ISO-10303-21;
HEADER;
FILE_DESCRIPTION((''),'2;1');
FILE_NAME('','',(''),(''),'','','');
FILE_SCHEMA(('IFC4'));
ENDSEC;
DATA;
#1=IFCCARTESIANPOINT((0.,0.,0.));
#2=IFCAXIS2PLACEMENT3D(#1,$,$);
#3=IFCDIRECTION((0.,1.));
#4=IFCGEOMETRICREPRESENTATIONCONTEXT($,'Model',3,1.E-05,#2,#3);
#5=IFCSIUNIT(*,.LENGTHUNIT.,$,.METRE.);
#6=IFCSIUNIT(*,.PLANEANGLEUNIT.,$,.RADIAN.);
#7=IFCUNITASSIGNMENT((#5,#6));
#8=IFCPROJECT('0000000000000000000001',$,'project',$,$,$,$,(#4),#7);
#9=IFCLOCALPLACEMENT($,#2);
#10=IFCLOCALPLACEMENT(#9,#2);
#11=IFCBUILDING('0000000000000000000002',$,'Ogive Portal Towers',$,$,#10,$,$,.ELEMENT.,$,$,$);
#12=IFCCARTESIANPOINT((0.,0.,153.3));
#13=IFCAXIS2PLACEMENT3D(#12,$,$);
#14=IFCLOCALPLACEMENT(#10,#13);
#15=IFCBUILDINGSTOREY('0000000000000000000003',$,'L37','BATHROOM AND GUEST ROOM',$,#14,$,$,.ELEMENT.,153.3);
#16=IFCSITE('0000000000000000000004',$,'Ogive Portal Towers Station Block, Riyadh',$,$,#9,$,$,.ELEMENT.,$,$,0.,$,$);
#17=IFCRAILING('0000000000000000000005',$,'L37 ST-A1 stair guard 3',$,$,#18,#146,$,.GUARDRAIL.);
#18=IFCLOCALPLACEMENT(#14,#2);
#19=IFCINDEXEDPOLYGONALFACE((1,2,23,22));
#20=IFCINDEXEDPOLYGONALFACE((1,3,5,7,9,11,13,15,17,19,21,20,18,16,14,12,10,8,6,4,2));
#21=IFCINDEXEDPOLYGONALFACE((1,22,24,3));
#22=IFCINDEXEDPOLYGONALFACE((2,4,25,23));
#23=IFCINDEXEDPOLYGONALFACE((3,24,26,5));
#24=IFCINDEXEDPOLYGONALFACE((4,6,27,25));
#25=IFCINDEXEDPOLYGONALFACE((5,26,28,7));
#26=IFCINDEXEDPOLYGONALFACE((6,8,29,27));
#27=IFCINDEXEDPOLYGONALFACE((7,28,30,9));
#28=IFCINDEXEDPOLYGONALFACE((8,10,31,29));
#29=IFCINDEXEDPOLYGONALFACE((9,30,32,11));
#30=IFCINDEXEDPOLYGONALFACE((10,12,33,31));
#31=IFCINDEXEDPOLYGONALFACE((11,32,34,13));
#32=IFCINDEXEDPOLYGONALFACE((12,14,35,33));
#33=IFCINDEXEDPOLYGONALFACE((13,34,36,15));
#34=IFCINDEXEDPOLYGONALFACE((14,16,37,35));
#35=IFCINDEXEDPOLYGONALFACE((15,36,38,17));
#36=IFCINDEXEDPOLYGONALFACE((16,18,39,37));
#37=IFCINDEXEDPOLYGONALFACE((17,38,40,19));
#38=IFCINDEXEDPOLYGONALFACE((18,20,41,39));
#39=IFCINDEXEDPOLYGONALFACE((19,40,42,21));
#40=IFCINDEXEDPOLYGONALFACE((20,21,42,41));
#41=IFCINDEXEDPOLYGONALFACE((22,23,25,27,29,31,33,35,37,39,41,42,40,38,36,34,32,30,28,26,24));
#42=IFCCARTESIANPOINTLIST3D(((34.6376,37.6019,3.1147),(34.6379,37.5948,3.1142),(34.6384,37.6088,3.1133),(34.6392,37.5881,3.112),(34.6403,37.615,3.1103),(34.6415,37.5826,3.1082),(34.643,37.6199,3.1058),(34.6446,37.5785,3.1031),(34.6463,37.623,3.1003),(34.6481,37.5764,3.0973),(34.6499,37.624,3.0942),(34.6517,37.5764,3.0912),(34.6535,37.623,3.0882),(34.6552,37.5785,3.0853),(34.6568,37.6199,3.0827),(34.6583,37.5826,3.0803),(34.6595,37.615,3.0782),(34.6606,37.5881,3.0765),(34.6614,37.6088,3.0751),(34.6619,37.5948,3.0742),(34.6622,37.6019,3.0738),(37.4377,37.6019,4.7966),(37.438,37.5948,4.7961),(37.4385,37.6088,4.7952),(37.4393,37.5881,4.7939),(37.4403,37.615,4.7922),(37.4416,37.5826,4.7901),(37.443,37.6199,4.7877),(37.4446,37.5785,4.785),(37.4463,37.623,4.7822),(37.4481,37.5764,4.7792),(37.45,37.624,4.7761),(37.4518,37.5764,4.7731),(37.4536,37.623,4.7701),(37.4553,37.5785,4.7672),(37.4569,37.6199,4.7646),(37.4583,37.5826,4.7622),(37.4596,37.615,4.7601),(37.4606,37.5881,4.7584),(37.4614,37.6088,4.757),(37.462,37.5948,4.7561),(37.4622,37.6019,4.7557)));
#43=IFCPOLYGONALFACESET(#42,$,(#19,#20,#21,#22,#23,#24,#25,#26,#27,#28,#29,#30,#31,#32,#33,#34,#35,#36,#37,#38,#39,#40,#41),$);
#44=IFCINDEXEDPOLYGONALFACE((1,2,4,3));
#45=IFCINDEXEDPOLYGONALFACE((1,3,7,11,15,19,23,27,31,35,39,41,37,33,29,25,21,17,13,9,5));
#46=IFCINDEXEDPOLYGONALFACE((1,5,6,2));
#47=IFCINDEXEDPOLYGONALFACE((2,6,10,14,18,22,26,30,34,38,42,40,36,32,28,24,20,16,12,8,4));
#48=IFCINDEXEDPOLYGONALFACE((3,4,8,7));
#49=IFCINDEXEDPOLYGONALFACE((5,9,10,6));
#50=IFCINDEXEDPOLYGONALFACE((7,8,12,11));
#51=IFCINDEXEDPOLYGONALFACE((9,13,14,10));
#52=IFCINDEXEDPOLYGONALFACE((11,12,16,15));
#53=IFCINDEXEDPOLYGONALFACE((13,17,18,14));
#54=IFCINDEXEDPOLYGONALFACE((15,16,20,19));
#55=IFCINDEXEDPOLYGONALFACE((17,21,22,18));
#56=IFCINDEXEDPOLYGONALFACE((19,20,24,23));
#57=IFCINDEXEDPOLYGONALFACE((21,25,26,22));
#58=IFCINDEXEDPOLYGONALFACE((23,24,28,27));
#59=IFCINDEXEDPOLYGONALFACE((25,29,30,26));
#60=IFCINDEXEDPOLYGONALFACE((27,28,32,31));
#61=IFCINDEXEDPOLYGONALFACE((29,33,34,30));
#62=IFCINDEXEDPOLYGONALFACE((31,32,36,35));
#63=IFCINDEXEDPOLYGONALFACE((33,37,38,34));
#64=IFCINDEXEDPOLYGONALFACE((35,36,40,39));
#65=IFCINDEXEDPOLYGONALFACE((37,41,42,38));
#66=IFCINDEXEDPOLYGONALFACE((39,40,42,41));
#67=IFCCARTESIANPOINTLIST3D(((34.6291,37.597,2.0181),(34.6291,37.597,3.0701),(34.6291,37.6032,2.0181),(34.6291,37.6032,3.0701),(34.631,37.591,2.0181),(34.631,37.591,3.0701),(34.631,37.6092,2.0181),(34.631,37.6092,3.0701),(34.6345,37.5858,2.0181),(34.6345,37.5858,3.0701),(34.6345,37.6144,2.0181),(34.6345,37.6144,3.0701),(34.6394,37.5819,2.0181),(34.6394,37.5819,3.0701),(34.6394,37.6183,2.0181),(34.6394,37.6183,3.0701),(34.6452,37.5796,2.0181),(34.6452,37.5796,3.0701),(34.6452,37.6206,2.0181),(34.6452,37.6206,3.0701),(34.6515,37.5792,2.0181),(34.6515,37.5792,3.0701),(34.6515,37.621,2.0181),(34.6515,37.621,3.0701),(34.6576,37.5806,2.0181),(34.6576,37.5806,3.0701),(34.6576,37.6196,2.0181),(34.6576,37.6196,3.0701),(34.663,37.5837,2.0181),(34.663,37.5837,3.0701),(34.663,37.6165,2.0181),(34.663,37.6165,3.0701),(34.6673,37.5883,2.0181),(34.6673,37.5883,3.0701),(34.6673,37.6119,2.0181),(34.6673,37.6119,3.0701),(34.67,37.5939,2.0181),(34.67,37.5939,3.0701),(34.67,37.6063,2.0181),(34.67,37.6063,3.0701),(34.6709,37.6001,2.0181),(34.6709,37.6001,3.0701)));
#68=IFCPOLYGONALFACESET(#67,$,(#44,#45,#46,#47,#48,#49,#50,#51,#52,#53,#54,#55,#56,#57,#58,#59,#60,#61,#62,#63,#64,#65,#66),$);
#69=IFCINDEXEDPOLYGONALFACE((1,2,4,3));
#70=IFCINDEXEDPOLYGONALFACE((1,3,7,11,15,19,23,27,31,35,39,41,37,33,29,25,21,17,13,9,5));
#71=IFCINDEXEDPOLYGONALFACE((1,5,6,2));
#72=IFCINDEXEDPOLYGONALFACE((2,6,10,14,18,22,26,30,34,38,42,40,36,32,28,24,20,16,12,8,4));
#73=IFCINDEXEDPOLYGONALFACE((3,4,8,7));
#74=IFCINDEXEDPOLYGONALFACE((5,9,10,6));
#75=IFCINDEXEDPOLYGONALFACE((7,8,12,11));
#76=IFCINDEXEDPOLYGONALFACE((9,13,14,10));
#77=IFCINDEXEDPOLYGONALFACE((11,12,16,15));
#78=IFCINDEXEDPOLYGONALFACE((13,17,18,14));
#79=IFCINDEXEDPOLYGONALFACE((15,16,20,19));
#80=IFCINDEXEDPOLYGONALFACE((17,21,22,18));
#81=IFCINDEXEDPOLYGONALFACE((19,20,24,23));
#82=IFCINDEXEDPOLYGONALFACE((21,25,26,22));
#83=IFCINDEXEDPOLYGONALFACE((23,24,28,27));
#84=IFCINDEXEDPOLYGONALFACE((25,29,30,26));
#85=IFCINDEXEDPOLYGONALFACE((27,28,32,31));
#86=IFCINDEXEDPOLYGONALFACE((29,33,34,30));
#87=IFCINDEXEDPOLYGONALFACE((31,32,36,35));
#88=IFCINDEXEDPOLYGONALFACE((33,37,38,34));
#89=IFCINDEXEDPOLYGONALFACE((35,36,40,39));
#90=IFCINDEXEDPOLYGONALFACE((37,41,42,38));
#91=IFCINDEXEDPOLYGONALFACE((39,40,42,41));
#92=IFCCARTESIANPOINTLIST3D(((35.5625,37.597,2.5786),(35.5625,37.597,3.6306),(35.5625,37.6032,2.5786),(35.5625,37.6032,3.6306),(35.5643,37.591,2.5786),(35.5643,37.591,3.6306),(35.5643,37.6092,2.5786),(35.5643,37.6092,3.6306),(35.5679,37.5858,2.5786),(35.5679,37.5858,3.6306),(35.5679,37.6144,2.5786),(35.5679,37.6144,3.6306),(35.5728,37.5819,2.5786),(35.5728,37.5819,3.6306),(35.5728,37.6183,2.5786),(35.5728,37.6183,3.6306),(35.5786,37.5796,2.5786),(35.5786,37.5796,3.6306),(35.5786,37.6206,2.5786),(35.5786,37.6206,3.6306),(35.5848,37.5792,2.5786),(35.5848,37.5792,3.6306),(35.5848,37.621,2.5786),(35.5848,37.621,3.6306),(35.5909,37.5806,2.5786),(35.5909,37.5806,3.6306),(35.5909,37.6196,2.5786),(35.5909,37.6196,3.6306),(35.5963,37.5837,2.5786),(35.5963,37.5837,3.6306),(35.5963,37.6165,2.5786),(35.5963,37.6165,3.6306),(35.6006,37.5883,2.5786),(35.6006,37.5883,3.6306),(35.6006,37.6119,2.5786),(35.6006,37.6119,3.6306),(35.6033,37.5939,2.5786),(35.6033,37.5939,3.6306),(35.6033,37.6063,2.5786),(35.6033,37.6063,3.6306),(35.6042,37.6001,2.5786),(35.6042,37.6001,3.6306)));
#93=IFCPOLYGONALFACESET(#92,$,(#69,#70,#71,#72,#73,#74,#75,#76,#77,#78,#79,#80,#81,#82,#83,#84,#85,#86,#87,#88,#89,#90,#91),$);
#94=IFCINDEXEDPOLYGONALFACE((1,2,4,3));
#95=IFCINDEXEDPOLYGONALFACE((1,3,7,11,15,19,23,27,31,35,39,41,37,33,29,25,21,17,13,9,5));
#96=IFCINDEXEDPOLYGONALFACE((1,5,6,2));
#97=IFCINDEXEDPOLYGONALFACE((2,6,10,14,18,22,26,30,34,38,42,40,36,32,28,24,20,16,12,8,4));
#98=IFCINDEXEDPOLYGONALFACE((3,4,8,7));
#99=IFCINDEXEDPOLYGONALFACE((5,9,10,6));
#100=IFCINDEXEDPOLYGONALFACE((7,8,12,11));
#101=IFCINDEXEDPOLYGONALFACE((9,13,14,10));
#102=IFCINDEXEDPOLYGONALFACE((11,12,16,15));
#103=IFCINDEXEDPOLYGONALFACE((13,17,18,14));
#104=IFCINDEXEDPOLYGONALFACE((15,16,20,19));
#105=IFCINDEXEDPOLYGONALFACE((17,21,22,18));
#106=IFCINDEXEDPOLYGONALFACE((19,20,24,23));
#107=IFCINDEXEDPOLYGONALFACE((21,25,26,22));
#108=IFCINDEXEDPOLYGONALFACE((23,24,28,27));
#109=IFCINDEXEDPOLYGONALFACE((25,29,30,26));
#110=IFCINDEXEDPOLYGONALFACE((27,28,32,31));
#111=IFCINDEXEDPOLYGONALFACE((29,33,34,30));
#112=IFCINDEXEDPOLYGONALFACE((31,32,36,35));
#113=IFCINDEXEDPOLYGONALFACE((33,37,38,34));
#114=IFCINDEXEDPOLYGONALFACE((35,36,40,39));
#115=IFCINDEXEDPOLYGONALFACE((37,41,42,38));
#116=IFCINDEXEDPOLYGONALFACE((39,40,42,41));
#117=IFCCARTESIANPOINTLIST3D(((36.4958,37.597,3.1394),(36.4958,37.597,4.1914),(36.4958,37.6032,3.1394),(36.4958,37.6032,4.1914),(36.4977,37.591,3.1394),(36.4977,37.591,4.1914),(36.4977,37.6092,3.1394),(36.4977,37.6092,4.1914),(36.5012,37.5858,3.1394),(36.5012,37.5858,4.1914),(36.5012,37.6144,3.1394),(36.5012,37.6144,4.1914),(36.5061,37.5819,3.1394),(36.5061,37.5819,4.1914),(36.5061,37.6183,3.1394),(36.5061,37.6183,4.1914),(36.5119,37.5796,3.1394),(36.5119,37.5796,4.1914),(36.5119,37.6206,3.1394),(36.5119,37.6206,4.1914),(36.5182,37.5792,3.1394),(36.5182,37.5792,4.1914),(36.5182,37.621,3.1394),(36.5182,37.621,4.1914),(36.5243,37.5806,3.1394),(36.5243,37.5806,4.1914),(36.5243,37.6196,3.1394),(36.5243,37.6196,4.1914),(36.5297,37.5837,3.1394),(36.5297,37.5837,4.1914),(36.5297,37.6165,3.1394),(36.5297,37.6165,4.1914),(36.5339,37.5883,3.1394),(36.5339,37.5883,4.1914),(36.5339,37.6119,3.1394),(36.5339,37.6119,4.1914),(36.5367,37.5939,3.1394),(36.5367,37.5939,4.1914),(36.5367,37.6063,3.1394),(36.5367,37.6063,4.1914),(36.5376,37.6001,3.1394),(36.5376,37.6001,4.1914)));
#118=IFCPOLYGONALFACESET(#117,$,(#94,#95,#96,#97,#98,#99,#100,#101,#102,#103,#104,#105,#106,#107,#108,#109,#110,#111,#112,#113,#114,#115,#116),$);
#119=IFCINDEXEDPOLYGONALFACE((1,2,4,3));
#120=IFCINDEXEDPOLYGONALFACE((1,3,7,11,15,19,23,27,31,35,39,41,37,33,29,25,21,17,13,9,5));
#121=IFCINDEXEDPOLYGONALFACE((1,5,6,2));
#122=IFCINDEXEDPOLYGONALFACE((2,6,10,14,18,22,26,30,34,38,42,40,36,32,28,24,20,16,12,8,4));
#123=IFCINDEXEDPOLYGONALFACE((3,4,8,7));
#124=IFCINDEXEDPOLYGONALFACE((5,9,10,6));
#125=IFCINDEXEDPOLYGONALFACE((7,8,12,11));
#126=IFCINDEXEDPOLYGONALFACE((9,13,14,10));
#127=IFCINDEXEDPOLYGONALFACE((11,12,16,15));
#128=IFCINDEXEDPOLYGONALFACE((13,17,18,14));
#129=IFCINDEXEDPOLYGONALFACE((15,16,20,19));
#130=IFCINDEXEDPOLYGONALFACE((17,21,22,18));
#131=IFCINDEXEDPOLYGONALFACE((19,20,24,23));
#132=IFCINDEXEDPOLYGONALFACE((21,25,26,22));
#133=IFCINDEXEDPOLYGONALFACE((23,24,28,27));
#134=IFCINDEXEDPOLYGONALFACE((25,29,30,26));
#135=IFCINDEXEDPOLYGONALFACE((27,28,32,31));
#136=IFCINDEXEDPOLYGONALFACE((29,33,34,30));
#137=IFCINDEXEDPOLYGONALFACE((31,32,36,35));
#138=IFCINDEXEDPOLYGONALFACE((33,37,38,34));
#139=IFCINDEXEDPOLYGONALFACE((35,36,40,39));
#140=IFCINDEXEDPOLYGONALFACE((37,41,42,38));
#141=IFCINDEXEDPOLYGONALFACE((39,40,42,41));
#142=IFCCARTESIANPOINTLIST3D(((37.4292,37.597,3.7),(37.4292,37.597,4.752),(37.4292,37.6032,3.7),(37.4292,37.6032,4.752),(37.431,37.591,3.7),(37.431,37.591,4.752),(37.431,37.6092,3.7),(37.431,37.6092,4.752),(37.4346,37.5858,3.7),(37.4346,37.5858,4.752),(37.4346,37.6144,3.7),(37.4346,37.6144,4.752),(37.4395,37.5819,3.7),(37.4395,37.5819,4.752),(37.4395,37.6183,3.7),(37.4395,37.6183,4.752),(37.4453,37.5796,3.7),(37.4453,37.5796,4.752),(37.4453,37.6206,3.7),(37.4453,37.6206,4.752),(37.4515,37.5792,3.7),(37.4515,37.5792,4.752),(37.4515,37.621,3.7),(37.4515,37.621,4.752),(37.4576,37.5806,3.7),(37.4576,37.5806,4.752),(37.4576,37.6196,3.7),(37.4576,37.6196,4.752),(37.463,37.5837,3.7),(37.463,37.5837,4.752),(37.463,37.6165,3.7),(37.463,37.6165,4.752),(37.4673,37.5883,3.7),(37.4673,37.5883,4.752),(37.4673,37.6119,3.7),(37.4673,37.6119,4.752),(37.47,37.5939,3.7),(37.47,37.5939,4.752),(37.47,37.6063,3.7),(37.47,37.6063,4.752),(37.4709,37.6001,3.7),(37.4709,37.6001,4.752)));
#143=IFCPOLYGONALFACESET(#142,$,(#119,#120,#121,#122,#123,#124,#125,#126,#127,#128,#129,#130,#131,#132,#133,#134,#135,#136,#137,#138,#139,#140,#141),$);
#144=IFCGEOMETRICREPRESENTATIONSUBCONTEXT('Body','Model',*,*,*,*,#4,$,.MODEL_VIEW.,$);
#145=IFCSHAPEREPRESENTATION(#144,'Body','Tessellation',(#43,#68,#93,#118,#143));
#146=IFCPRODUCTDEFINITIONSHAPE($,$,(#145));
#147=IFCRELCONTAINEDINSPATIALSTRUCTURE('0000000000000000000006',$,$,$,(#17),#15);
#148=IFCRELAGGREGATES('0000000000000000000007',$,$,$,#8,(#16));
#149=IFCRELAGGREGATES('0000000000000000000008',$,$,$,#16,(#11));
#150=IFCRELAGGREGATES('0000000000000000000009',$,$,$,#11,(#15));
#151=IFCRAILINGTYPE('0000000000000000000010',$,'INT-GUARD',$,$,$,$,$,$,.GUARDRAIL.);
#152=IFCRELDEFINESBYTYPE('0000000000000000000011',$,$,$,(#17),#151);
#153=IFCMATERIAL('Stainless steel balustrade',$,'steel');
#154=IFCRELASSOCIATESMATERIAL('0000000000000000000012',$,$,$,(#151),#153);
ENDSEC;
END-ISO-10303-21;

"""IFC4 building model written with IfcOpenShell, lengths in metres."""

from ifc_helpers import new_model, si_unit, direction, frame, origin, origin_2d, place, context, subcontext, project, spatial, circle, extrude, material, type_object, element, save


model = new_model("IFC4")

# Units and contexts
model_context = context("Model", 3, precision=1e-05, world=origin(), true_north=direction((0.0, 1.0)))
body_context = subcontext(model_context, "Body", "Model", "MODEL_VIEW")
ifc_project = project(units=[si_unit("LENGTHUNIT", "METRE"), si_unit("PLANEANGLEUNIT", "RADIAN")], contexts=[model_context])

# Site, building, storey
site_placement = place(None, origin())
site = spatial("IfcSite", under=ifc_project, at=site_placement, Name="Ogive Portal Towers Station Block, Riyadh", CompositionType="ELEMENT", RefElevation=0.0)
building_placement = place(site_placement, origin())
building = spatial("IfcBuilding", under=site, at=building_placement, Name="Ogive Portal Towers", CompositionType="ELEMENT")
storey_placement = place(building_placement, frame((0.0, 0.0, 153.3)))
storey = spatial("IfcBuildingStorey", under=building, at=storey_placement, Name="L37", Description="BATHROOM AND GUEST ROOM", CompositionType="ELEMENT", Elevation=153.3)

# Railing
ifc_material_1 = material(Name="Stainless steel balustrade", Category="steel")
railing_type_1 = type_object("IfcRailingType", Name="INT-GUARD", PredefinedType="GUARDRAIL", material=ifc_material_1)
railing_1_placement = place(storey_placement, frame((34.6499, 37.6001, 2.0181)))
element("IfcRailing", 1, at=railing_1_placement, inside=storey, type_object=railing_type_1, Name="L37 ST-A1 stair guard 3", PredefinedType="GUARDRAIL", context=body_context, shape_type="SweptSolid", body=[
    extrude(circle(Radius=0.0239, at=origin_2d()), frame((0.0, 0.0, 1.0762), z_axis=(0.857242, 0.0, 0.514913), x_axis=(0.0, 1.0, 0.0)), (0.0, 0.0, 1.0), 3.2664),
    extrude(circle(Radius=0.021, at=origin_2d()), origin(), (0.0, 0.0, 1.0), 1.052),
    extrude(circle(Radius=0.021, at=origin_2d()), frame((0.9333, 0.0, 0.5605)), (0.0, 0.0, 1.0), 1.052),
    extrude(circle(Radius=0.021, at=origin_2d()), frame((1.8667, 0.0, 1.1213)), (0.0, 0.0, 1.0), 1.052),
    extrude(circle(Radius=0.021, at=origin_2d()), frame((2.8, 0.0, 1.6819)), (0.0, 0.0, 1.0), 1.052),
])

save(model, "model.ifc")
